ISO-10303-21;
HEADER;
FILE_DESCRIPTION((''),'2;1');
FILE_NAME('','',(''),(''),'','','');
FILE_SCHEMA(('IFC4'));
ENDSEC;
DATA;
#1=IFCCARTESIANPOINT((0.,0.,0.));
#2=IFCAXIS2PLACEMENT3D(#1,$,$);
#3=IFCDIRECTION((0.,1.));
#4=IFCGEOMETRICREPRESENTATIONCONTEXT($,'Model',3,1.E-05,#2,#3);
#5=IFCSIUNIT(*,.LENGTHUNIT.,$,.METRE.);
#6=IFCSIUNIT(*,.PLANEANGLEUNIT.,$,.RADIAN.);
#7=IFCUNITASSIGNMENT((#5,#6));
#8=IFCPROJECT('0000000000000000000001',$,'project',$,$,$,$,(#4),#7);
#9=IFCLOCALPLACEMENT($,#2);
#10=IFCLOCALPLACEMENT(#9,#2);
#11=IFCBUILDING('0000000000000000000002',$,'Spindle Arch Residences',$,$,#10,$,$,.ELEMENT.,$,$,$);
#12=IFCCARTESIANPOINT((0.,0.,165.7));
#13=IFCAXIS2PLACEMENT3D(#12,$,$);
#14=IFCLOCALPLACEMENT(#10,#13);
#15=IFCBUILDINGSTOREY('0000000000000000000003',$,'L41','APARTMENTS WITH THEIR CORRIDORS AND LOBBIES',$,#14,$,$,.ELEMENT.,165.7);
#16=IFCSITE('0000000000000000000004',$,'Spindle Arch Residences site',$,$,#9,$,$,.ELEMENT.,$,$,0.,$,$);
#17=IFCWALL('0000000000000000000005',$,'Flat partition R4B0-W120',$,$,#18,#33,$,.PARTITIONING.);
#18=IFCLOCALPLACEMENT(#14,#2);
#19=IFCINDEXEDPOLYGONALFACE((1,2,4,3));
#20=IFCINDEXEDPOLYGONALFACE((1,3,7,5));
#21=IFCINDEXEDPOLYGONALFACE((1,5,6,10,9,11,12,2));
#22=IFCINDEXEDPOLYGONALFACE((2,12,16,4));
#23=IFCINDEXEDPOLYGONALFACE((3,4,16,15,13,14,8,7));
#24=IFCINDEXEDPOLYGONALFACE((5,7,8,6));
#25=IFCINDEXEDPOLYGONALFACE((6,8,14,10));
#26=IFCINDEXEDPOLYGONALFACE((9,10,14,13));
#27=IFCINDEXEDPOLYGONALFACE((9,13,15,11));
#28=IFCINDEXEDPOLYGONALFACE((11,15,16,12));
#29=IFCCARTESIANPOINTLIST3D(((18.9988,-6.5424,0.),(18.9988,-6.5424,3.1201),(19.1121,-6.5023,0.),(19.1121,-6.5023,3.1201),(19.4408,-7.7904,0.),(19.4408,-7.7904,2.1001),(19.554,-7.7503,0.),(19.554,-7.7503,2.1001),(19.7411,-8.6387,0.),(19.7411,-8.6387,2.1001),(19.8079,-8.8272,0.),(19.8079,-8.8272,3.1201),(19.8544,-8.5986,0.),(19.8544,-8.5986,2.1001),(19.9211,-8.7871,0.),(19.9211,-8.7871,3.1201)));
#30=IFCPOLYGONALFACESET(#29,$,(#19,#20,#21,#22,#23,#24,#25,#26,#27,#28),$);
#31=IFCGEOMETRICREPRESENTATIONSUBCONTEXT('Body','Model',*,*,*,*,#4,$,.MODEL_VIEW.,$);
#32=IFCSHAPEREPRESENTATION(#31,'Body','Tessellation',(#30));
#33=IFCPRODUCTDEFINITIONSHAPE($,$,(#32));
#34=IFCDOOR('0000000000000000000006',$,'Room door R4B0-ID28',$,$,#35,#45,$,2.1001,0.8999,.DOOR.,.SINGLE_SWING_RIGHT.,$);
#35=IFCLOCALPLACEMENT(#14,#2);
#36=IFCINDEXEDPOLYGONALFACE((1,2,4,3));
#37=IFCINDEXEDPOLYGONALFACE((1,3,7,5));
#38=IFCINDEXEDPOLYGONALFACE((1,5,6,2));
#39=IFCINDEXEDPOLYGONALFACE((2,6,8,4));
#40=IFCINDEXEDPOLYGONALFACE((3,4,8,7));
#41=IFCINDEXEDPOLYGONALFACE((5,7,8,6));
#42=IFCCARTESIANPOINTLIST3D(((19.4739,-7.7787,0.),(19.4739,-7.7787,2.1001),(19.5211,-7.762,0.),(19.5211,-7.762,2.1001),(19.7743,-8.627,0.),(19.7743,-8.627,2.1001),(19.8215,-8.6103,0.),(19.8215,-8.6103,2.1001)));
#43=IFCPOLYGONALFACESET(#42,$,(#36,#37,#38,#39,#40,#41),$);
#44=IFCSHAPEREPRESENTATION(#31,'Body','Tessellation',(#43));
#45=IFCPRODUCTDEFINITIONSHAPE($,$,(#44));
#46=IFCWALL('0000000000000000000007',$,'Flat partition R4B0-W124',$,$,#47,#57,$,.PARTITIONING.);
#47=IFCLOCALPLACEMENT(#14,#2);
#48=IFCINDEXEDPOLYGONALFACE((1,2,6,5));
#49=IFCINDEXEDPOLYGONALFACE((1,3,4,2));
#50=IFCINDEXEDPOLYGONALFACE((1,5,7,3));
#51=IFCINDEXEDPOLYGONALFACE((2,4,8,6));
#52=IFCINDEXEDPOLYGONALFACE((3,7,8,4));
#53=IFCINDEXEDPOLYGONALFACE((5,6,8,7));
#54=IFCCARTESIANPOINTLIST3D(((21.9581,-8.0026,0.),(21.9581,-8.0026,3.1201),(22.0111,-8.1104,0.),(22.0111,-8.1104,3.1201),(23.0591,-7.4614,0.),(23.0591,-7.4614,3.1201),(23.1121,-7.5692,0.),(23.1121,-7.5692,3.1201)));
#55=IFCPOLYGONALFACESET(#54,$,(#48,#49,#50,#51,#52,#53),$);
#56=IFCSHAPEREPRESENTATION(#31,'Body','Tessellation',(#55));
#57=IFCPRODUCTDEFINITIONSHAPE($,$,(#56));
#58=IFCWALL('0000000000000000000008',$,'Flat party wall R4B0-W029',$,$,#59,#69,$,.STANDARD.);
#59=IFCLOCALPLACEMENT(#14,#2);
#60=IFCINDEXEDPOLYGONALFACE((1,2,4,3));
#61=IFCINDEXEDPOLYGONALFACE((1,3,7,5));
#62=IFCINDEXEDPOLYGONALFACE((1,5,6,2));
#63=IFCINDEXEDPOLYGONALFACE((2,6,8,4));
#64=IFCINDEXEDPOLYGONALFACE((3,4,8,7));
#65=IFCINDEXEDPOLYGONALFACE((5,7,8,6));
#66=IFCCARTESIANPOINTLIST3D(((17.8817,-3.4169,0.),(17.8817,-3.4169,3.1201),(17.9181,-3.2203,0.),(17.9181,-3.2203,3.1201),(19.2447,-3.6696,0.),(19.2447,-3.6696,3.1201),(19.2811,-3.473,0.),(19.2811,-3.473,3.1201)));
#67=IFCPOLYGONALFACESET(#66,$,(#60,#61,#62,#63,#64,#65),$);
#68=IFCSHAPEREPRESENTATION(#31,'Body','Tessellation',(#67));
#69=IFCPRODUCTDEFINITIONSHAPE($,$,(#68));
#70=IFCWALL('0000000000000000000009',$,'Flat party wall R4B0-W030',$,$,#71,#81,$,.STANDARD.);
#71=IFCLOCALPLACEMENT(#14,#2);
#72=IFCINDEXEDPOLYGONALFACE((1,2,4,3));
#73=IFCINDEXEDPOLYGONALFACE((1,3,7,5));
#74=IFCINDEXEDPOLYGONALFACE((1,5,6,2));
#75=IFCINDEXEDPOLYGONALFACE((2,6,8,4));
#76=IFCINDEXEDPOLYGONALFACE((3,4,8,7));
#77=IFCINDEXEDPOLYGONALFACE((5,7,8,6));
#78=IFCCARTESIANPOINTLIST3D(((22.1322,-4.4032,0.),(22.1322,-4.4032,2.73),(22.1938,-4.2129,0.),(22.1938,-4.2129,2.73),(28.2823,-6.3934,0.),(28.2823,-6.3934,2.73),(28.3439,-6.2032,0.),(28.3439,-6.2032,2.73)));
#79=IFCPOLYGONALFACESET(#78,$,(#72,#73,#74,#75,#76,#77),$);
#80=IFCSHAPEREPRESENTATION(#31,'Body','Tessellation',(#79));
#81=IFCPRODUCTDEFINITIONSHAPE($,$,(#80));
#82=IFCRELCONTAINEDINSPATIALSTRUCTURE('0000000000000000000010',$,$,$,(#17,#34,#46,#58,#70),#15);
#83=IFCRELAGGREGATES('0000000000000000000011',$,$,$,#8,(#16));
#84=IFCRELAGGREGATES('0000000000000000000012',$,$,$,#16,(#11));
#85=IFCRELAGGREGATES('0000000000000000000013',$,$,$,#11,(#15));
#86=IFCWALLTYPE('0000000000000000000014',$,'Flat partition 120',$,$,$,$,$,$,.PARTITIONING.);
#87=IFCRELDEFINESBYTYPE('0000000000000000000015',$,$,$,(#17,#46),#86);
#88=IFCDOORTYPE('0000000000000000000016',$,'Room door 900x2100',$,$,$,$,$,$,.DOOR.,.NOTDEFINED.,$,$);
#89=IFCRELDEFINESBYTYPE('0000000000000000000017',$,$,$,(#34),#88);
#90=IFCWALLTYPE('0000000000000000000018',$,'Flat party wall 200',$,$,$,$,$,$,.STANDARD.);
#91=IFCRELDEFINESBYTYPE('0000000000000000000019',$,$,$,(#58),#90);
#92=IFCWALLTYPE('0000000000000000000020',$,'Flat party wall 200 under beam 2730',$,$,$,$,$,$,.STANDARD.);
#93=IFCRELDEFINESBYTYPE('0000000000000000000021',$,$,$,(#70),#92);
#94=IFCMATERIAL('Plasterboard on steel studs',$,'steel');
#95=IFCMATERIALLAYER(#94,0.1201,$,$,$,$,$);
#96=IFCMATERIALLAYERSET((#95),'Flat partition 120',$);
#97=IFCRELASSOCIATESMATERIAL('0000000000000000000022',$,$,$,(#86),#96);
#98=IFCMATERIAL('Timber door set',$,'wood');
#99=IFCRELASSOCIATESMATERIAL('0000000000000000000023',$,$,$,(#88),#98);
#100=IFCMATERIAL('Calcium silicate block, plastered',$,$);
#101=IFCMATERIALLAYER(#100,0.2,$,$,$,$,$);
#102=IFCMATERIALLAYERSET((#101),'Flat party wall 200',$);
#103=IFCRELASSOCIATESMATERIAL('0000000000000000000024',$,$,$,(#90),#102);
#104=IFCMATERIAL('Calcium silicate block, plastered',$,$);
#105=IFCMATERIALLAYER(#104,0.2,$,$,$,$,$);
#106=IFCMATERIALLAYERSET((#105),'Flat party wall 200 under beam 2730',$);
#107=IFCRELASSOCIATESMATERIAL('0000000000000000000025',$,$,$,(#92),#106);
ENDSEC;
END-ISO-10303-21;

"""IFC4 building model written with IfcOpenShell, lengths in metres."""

from ifc_helpers import new_model, si_unit, direction, frame, frame_2d, origin, place, context, subcontext, project, spatial, rectangle, extrude, material, layer, layer_set, type_object, element, fill, save


model = new_model("IFC4")

# Units and contexts
model_context = context("Model", 3, precision=1e-05, world=origin(), true_north=direction((0.0, 1.0)))
body_context = subcontext(model_context, "Body", "Model", "MODEL_VIEW")
ifc_project = project(units=[si_unit("LENGTHUNIT", "METRE"), si_unit("PLANEANGLEUNIT", "RADIAN")], contexts=[model_context])

# Site, building, storey
site_placement = place(None, origin())
site = spatial("IfcSite", under=ifc_project, at=site_placement, Name="Spindle Arch Residences site", CompositionType="ELEMENT", RefElevation=0.0)
building_placement = place(site_placement, origin())
building = spatial("IfcBuilding", under=site, at=building_placement, Name="Spindle Arch Residences", CompositionType="ELEMENT")
storey_placement = place(building_placement, frame((0.0, 0.0, 165.7)))
storey = spatial("IfcBuildingStorey", under=building, at=storey_placement, Name="L41", Description="APARTMENTS WITH THEIR CORRIDORS AND LOBBIES", CompositionType="ELEMENT", Elevation=165.7)

# Shared definitions
ifc_material_1 = material(Name="Plasterboard on steel studs", Category="steel")
ifc_layer_1 = layer(ifc_material_1, 0.1201)
ifc_layer_set_1 = layer_set([ifc_layer_1], Name="Flat partition 120")
wall_type_1 = type_object("IfcWallType", Name="Flat partition 120", PredefinedType="PARTITIONING", material=ifc_layer_set_1)
ifc_material_2 = material(Name="Timber door set", Category="wood")
door_type = type_object("IfcDoorType", Name="Room door 900x2100", OperationType="NOTDEFINED", PredefinedType="DOOR", material=ifc_material_2)

# Wall, opening, door
wall_1_placement = place(storey_placement, frame((19.8645, -8.8071, 0.0), z_axis=(0.0, 0.0, 1.0), x_axis=(-0.333789, 0.942648, 0.0)))
wall_1 = element("IfcWall", 1, at=wall_1_placement, inside=storey, type_object=wall_type_1, Name="Flat partition R4B0-W120", PredefinedType="PARTITIONING", context=body_context, shape_type="SweptSolid", body=[
    extrude(rectangle(XDim=2.4238, YDim=0.1201, at=frame_2d((1.2119, 0.0))), origin(), (0.0, 0.0, 1.0), 3.1201),
])
opening_1_placement = place(wall_1_placement, frame((0.2, 0.0, 0.0)))
opening_1 = element("IfcOpeningElement", 2, at=opening_1_placement, cuts=wall_1, PredefinedType="OPENING", context=body_context, shape_type="SweptSolid", body=[
    extrude(rectangle(XDim=0.8999, YDim=2.1001, at=frame_2d((0.45, 1.05))), frame((0.0, 0.0701, 0.0), z_axis=(0.0, -1.0, 0.0), x_axis=(1.0, 0.0, 0.0)), (0.0, 0.0, 1.0), 0.1401),
])
door_1_placement = place(opening_1_placement, origin())
door_1 = element("IfcDoor", 3, at=door_1_placement, inside=storey, type_object=door_type, Name="Room door R4B0-ID28", OperationType="SINGLE_SWING_RIGHT", OverallHeight=2.1001, OverallWidth=0.8999, PredefinedType="DOOR", context=body_context, shape_type="SweptSolid", body=[
    extrude(rectangle(XDim=0.8999, YDim=2.1001, at=frame_2d((0.45, 1.05))), frame((0.0, 0.0249, 0.0), z_axis=(0.0, -1.0, 0.0), x_axis=(1.0, 0.0, 0.0)), (0.0, 0.0, 1.0), 0.05),
])
fill(opening_1, door_1)

# Walls
wall_2_placement = place(storey_placement, frame((23.0854, -7.5154, 0.0), z_axis=(0.0, 0.0, 1.0), x_axis=(-0.897431, -0.441154, 0.0)))
element("IfcWall", 4, at=wall_2_placement, inside=storey, type_object=wall_type_1, Name="Flat partition R4B0-W124", PredefinedType="PARTITIONING", context=body_context, shape_type="SweptSolid", body=[
    extrude(rectangle(XDim=1.2268, YDim=0.1201, at=frame_2d((0.6133, 0.0))), origin(), (0.0, 0.0, 1.0), 3.1201),
])
ifc_material_3 = material(Name="Calcium silicate block, plastered")
ifc_layer_2 = layer(ifc_material_3, 0.2)
ifc_layer_set_2 = layer_set([ifc_layer_2], Name="Flat party wall 200")
wall_type_2 = type_object("IfcWallType", Name="Flat party wall 200", PredefinedType="STANDARD", material=ifc_layer_set_2)
wall_3_placement = place(storey_placement, frame((17.8999, -3.3186, 0.0), z_axis=(0.0, 0.0, 1.0), x_axis=(0.983247, -0.182278, 0.0)))
element("IfcWall", 5, at=wall_3_placement, inside=storey, type_object=wall_type_2, Name="Flat party wall R4B0-W029", PredefinedType="STANDARD", context=body_context, shape_type="SweptSolid", body=[
    extrude(rectangle(XDim=1.3862, YDim=0.2, at=frame_2d((0.6931, 0.0))), origin(), (0.0, 0.0, 1.0), 3.1201),
])
ifc_material_4 = material(Name="Calcium silicate block, plastered")
ifc_layer_3 = layer(ifc_material_4, 0.2)
ifc_layer_set_3 = layer_set([ifc_layer_3], Name="Flat party wall 200 under beam 2730")
wall_type_3 = type_object("IfcWallType", Name="Flat party wall 200 under beam 2730", PredefinedType="STANDARD", material=ifc_layer_set_3)
wall_4_placement = place(storey_placement, frame((22.1631, -4.3081, 0.0), z_axis=(0.0, 0.0, 1.0), x_axis=(0.951423, -0.307888, 0.0)))
element("IfcWall", 6, at=wall_4_placement, inside=storey, type_object=wall_type_3, Name="Flat party wall R4B0-W030", PredefinedType="STANDARD", context=body_context, shape_type="SweptSolid", body=[
    extrude(rectangle(XDim=6.4641, YDim=0.2, at=frame_2d((3.2319, 0.0))), origin(), (0.0, 0.0, 1.0), 2.73),
])

save(model, "model.ifc")
